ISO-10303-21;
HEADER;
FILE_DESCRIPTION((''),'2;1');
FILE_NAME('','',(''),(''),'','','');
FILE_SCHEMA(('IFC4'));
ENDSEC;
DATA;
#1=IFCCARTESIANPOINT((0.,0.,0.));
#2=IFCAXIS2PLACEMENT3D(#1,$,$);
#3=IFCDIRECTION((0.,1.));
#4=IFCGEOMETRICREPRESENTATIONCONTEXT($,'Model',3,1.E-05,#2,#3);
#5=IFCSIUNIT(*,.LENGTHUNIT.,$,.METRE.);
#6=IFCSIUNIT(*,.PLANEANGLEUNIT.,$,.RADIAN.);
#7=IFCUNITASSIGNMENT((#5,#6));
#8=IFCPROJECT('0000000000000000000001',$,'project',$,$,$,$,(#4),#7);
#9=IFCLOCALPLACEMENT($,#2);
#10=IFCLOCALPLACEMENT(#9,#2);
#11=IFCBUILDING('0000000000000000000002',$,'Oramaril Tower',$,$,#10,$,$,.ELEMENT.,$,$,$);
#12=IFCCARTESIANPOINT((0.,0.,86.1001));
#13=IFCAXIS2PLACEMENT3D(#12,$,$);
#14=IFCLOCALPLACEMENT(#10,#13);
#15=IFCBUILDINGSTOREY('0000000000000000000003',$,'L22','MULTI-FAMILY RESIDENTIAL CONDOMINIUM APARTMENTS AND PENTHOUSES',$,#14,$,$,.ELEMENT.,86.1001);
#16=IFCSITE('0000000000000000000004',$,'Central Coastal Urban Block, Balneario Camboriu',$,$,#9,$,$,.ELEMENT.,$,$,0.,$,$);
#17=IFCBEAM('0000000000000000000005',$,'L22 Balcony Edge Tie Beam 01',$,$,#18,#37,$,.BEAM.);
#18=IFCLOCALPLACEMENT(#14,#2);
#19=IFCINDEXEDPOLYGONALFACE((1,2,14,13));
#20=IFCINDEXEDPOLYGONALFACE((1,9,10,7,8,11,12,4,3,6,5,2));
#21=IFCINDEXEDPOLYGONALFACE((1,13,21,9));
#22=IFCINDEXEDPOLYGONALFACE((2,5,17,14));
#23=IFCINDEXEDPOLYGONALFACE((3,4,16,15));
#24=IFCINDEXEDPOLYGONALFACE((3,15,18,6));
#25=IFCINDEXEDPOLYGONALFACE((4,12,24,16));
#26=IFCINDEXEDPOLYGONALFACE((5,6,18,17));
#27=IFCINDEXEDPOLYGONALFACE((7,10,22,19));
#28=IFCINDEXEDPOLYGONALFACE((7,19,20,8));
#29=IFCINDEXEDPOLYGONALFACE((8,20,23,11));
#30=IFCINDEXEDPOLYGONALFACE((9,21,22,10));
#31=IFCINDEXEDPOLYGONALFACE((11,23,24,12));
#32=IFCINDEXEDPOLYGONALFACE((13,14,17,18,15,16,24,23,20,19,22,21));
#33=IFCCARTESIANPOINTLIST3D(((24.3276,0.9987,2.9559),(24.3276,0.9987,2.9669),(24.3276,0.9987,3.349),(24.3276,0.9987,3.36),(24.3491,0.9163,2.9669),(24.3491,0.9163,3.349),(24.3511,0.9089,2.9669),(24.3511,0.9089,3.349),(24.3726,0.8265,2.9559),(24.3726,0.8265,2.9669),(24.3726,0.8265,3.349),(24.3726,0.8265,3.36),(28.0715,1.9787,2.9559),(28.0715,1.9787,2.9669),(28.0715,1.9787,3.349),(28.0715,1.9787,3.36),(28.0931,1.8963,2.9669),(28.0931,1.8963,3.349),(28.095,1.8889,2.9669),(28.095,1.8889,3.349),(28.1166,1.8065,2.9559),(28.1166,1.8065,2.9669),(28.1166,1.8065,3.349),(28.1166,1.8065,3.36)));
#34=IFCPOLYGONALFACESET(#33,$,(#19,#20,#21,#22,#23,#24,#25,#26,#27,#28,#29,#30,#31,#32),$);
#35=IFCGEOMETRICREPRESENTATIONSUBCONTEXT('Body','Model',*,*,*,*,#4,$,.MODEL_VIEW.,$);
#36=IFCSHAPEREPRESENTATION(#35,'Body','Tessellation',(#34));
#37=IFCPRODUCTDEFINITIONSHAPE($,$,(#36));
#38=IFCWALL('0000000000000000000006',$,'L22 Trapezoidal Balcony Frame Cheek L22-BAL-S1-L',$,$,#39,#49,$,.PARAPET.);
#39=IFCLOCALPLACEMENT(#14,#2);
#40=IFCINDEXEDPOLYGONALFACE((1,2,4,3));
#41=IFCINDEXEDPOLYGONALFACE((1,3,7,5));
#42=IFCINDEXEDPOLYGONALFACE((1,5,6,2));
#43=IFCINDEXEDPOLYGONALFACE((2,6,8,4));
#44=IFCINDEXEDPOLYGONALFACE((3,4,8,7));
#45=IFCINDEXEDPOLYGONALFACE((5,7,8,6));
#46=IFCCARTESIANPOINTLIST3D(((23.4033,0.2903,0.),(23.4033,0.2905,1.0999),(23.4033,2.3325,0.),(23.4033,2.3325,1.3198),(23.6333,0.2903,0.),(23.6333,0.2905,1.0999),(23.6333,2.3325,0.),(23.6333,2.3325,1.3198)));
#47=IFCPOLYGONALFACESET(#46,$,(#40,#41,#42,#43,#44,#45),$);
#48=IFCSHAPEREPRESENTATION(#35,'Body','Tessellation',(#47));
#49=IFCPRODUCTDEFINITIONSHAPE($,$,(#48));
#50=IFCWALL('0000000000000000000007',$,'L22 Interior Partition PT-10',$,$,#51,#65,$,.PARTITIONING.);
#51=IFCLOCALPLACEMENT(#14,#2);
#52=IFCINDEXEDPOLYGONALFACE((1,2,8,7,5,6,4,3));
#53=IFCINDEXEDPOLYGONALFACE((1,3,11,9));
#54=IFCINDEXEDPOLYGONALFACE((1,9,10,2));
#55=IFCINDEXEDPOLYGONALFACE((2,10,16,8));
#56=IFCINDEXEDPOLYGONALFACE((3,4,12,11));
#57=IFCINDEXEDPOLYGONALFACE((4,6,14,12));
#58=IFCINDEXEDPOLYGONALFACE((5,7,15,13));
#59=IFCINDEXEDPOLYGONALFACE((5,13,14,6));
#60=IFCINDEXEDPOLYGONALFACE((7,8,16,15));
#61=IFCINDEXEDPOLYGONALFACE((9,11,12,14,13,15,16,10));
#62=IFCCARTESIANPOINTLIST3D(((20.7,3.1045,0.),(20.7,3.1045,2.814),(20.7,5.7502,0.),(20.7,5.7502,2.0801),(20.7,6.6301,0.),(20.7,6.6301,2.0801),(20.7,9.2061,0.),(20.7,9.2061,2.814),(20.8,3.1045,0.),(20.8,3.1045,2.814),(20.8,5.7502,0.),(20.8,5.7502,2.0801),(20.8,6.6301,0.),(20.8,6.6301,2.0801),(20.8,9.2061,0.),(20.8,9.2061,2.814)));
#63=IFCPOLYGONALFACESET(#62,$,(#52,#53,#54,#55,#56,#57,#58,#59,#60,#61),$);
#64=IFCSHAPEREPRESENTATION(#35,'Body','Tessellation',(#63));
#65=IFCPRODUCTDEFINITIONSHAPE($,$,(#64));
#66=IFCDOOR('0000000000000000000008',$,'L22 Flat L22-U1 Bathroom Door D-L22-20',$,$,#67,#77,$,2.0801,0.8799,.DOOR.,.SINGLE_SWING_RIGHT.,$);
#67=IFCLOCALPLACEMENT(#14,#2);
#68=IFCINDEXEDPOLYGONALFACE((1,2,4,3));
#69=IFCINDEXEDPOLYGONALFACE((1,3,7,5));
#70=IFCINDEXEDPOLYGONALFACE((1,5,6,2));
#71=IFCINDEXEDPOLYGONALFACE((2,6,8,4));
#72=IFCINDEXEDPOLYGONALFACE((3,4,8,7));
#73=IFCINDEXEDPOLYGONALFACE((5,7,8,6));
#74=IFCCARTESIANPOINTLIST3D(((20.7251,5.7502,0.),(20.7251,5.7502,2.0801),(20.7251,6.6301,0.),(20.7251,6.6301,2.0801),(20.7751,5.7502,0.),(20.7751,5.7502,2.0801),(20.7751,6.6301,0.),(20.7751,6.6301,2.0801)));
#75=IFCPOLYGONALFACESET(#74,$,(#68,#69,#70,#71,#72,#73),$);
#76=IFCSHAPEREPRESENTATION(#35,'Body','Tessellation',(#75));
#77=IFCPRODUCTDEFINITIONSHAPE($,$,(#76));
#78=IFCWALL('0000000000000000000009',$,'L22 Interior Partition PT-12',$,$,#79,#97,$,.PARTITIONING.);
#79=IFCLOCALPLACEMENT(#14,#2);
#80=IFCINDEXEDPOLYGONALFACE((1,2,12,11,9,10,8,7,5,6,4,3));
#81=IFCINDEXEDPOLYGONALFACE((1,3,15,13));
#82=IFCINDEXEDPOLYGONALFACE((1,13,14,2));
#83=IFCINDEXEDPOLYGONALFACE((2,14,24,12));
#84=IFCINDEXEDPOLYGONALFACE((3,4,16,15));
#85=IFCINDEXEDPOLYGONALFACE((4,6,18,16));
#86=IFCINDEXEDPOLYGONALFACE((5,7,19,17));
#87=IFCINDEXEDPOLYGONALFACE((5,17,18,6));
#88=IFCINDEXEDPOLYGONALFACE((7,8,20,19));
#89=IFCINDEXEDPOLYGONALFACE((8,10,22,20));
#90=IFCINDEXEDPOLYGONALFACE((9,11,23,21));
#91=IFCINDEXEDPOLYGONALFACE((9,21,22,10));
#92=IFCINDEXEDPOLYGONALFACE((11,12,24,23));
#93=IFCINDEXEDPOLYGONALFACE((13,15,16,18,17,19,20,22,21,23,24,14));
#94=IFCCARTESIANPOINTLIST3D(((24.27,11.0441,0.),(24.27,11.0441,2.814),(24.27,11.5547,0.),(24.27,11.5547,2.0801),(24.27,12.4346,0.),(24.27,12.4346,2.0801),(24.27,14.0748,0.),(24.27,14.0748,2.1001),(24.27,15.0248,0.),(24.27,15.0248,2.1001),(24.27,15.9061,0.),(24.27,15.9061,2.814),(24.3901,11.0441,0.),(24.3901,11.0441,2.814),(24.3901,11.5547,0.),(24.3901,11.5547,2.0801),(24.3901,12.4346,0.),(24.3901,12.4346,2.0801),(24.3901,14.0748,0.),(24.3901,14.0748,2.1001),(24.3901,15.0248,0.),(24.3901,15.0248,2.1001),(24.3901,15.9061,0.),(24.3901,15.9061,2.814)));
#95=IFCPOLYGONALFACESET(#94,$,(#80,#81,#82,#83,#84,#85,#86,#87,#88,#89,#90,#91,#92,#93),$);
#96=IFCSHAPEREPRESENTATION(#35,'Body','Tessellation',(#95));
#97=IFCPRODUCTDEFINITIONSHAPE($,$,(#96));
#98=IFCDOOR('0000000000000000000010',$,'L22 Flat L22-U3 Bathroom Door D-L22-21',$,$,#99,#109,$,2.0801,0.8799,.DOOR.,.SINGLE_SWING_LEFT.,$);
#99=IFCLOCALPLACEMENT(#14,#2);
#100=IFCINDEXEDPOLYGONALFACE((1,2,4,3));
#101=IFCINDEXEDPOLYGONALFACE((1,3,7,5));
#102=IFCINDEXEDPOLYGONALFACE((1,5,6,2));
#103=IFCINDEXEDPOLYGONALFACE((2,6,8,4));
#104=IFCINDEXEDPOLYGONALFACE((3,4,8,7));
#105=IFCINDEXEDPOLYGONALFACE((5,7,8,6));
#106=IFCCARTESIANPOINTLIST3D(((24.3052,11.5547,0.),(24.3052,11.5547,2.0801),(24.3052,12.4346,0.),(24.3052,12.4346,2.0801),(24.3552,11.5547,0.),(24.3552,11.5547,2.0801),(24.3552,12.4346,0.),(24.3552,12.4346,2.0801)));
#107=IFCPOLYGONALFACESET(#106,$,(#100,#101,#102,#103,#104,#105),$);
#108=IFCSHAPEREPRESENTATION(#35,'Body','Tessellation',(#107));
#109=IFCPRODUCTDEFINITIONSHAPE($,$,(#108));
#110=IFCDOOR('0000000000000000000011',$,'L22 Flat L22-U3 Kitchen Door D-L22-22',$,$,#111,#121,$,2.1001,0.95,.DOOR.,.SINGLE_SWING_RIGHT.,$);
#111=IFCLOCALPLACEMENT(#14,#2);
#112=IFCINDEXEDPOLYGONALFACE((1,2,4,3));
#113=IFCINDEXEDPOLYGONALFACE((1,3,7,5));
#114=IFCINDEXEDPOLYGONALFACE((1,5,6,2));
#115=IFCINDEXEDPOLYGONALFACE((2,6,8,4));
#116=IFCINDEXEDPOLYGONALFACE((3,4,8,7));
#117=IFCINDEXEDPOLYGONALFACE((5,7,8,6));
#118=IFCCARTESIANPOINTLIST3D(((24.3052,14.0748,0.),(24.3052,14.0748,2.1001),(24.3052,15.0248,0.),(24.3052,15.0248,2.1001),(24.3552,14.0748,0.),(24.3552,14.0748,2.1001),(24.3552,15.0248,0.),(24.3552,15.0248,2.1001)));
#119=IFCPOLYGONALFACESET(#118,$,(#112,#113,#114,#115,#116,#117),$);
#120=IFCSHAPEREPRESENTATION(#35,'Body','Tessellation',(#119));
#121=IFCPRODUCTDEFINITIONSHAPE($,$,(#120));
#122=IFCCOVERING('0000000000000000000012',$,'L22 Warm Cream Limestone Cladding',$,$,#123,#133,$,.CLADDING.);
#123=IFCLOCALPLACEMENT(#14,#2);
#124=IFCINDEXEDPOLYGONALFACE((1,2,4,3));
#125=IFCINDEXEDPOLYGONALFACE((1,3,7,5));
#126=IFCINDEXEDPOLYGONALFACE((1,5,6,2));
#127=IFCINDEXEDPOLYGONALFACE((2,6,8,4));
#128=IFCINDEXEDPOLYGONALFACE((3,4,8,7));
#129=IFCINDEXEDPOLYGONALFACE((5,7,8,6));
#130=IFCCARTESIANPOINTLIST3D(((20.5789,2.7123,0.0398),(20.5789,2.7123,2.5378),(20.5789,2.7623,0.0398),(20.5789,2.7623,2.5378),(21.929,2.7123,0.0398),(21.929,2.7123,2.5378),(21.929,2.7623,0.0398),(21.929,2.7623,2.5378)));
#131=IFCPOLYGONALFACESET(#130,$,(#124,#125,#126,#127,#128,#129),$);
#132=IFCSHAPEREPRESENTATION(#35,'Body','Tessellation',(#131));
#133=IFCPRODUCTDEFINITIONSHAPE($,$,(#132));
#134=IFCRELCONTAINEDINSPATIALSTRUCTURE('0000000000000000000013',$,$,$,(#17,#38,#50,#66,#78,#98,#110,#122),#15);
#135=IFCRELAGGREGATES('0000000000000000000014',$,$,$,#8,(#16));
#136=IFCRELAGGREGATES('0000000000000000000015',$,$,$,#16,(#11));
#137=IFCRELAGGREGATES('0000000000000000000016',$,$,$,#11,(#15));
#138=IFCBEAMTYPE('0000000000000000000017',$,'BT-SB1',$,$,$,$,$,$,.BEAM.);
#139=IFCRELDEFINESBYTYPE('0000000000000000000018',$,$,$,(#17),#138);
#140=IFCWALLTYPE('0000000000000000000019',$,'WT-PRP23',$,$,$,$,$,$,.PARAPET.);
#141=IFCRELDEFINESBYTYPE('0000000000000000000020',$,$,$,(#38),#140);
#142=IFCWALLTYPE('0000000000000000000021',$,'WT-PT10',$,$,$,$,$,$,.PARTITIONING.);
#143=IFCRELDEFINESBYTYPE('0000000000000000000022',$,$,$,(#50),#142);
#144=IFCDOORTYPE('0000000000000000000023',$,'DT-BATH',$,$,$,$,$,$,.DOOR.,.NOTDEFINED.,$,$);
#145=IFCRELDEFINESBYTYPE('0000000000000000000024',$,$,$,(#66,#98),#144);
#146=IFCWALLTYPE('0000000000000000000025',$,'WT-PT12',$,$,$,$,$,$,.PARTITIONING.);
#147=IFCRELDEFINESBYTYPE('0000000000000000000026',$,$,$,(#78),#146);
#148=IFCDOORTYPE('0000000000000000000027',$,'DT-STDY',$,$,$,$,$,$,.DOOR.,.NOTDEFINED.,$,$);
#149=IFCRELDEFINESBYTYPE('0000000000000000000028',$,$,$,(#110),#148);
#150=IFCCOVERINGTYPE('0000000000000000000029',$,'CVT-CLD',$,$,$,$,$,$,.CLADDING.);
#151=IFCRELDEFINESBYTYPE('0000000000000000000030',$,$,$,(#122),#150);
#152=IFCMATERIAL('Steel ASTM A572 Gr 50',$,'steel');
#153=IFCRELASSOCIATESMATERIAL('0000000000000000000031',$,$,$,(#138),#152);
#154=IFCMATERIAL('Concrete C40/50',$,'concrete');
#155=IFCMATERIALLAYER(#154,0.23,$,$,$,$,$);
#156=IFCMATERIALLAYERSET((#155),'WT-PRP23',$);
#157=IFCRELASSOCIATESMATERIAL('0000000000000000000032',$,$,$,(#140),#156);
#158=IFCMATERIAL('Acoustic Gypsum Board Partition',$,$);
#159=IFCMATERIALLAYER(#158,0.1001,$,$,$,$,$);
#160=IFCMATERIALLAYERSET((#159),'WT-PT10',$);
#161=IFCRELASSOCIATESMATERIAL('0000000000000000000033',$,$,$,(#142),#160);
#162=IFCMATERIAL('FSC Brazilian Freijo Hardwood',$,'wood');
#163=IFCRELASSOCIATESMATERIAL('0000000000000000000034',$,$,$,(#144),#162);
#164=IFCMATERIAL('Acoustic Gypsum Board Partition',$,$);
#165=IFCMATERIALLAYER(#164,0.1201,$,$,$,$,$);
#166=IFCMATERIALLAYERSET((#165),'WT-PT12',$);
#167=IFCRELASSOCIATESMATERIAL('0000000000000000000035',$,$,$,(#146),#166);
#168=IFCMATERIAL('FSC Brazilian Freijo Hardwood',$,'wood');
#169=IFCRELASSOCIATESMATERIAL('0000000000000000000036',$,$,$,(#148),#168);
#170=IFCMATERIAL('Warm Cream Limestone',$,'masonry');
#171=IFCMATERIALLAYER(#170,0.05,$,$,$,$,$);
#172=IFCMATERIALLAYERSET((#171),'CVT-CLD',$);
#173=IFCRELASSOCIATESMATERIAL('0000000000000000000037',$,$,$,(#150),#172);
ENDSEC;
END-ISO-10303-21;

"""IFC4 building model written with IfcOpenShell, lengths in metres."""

from ifc_helpers import new_model, si_unit, direction, frame, frame_2d, origin, origin_2d, place, context, subcontext, project, spatial, polyline, rectangle, i_section, outline, extrude, material, layer, layer_set, material_profile, profile_set, type_object, element, fill, save


model = new_model("IFC4")

# Units and contexts
model_context = context("Model", 3, precision=1e-05, world=origin(), true_north=direction((0.0, 1.0)))
body_context = subcontext(model_context, "Body", "Model", "MODEL_VIEW")
ifc_project = project(units=[si_unit("LENGTHUNIT", "METRE"), si_unit("PLANEANGLEUNIT", "RADIAN")], contexts=[model_context])

# Site, building, storey
site_placement = place(None, origin())
site = spatial("IfcSite", under=ifc_project, at=site_placement, Name="Central Coastal Urban Block, Balneario Camboriu", CompositionType="ELEMENT", RefElevation=0.0)
building_placement = place(site_placement, origin())
building = spatial("IfcBuilding", under=site, at=building_placement, Name="Oramaril Tower", CompositionType="ELEMENT")
storey_placement = place(building_placement, frame((0.0, 0.0, 86.1001)))
storey = spatial("IfcBuildingStorey", under=building, at=storey_placement, Name="L22", Description="MULTI-FAMILY RESIDENTIAL CONDOMINIUM APARTMENTS AND PENTHOUSES", CompositionType="ELEMENT", Elevation=86.1001)

# Beam
ifc_material_1 = material(Name="Steel ASTM A572 Gr 50", Category="steel")
ifc_material_profile = material_profile(ifc_material_1, i_section(OverallWidth=0.178, OverallDepth=0.4041, WebThickness=0.0076, FlangeThickness=0.011, at=origin_2d()), Name="W16X36")
ifc_profile_set = profile_set([ifc_material_profile], Name="Steel ASTM A572 Gr 50")
beam_type = type_object("IfcBeamType", Name="BT-SB1", PredefinedType="BEAM", material=ifc_profile_set)
beam_placement = place(storey_placement, frame((24.3501, 0.9126, 3.158), z_axis=(0.967408, 0.253223, 0.0), x_axis=(-0.253223, 0.967408, 0.0)))
element("IfcBeam", 1, at=beam_placement, inside=storey, type_object=beam_type, Name="L22 Balcony Edge Tie Beam 01", PredefinedType="BEAM", context=body_context, shape_type="SweptSolid", body=[
    extrude(i_section(OverallWidth=0.178, OverallDepth=0.4041, WebThickness=0.0076, FlangeThickness=0.011, at=origin_2d()), origin(), (0.0, 0.0, 1.0), 3.8701),
])

# Wall
ifc_material_2 = material(Name="Concrete C40/50", Category="concrete")
ifc_layer_1 = layer(ifc_material_2, 0.23)
ifc_layer_set_1 = layer_set([ifc_layer_1], Name="WT-PRP23")
wall_type_1 = type_object("IfcWallType", Name="WT-PRP23", PredefinedType="PARAPET", material=ifc_layer_set_1)
wall_1_placement = place(storey_placement, frame((23.5183, 2.3325, 0.0), z_axis=(0.0, 0.0, 1.0), x_axis=(0.0, -1.0, 0.0)))
element("IfcWall", 2, at=wall_1_placement, inside=storey, type_object=wall_type_1, Name="L22 Trapezoidal Balcony Frame Cheek L22-BAL-S1-L", PredefinedType="PARAPET", context=body_context, shape_type="SweptSolid", body=[
    extrude(outline(polyline([(0.0, 0.0), (2.0422, 0.0), (2.042, 1.0999), (0.0, 1.3198), (0.0, 0.0)])), frame((0.0, 0.115, 0.0), z_axis=(0.0, -1.0, 0.0), x_axis=(1.0, 0.0, 0.0)), (0.0, 0.0, 1.0), 0.23),
])

# Wall, opening, door
ifc_material_3 = material(Name="Acoustic Gypsum Board Partition")
ifc_layer_2 = layer(ifc_material_3, 0.1001)
ifc_layer_set_2 = layer_set([ifc_layer_2], Name="WT-PT10")
wall_type_2 = type_object("IfcWallType", Name="WT-PT10", PredefinedType="PARTITIONING", material=ifc_layer_set_2)
wall_2_placement = place(storey_placement, frame((20.75, 3.1045, 0.0), z_axis=(0.0, 0.0, 1.0), x_axis=(0.0, 1.0, 0.0)))
wall_2 = element("IfcWall", 3, at=wall_2_placement, inside=storey, type_object=wall_type_2, Name="L22 Interior Partition PT-10", PredefinedType="PARTITIONING", context=body_context, shape_type="SweptSolid", body=[
    extrude(rectangle(XDim=6.1016, YDim=0.1001, at=frame_2d((3.0508, 0.0))), origin(), (0.0, 0.0, 1.0), 2.814),
])
opening_1_placement = place(wall_2_placement, frame((2.6458, 0.0, 0.0)))
opening_1 = element("IfcOpeningElement", 4, at=opening_1_placement, cuts=wall_2, PredefinedType="OPENING", context=body_context, shape_type="SweptSolid", body=[
    extrude(rectangle(XDim=0.8799, YDim=2.0801, at=frame_2d((0.4399, 1.04))), frame((0.0, 0.05, 0.0), z_axis=(0.0, -1.0, 0.0), x_axis=(1.0, 0.0, 0.0)), (0.0, 0.0, 1.0), 0.1001),
])
ifc_material_4 = material(Name="FSC Brazilian Freijo Hardwood", Category="wood")
door_type_1 = type_object("IfcDoorType", Name="DT-BATH", OperationType="NOTDEFINED", PredefinedType="DOOR", material=ifc_material_4)
door_1_placement = place(opening_1_placement, origin())
door_1 = element("IfcDoor", 5, at=door_1_placement, inside=storey, type_object=door_type_1, Name="L22 Flat L22-U1 Bathroom Door D-L22-20", OperationType="SINGLE_SWING_RIGHT", OverallHeight=2.0801, OverallWidth=0.8799, PredefinedType="DOOR", context=body_context, shape_type="SweptSolid", body=[
    extrude(rectangle(XDim=0.8799, YDim=2.0801, at=frame_2d((0.4399, 1.04))), frame((0.0, 0.0249, 0.0), z_axis=(0.0, -1.0, 0.0), x_axis=(1.0, 0.0, 0.0)), (0.0, 0.0, 1.0), 0.05),
])
fill(opening_1, door_1)

# Wall, openings, doors
ifc_material_5 = material(Name="Acoustic Gypsum Board Partition")
ifc_layer_3 = layer(ifc_material_5, 0.1201)
ifc_layer_set_3 = layer_set([ifc_layer_3], Name="WT-PT12")
wall_type_3 = type_object("IfcWallType", Name="WT-PT12", PredefinedType="PARTITIONING", material=ifc_layer_set_3)
wall_3_placement = place(storey_placement, frame((24.3301, 11.0439, 0.0), z_axis=(0.0, 0.0, 1.0), x_axis=(0.0, 1.0, 0.0)))
wall_3 = element("IfcWall", 6, at=wall_3_placement, inside=storey, type_object=wall_type_3, Name="L22 Interior Partition PT-12", PredefinedType="PARTITIONING", context=body_context, shape_type="SweptSolid", body=[
    extrude(rectangle(XDim=4.8621, YDim=0.1201, at=frame_2d((2.4312, 0.0))), origin(), (0.0, 0.0, 1.0), 2.814),
])
opening_2_placement = place(wall_3_placement, frame((0.5107, 0.0, 0.0)))
opening_2 = element("IfcOpeningElement", 7, at=opening_2_placement, cuts=wall_3, PredefinedType="OPENING", context=body_context, shape_type="SweptSolid", body=[
    extrude(rectangle(XDim=0.8799, YDim=2.0801, at=frame_2d((0.4399, 1.04))), frame((0.0, 0.0601, 0.0), z_axis=(0.0, -1.0, 0.0), x_axis=(1.0, 0.0, 0.0)), (0.0, 0.0, 1.0), 0.1201),
])
opening_3_placement = place(wall_3_placement, frame((3.0308, 0.0, 0.0)))
opening_3 = element("IfcOpeningElement", 8, at=opening_3_placement, cuts=wall_3, PredefinedType="OPENING", context=body_context, shape_type="SweptSolid", body=[
    extrude(rectangle(XDim=0.95, YDim=2.1001, at=frame_2d((0.4751, 1.05))), frame((0.0, 0.0601, 0.0), z_axis=(0.0, -1.0, 0.0), x_axis=(1.0, 0.0, 0.0)), (0.0, 0.0, 1.0), 0.1201),
])
door_2_placement = place(opening_2_placement, origin())
door_2 = element("IfcDoor", 9, at=door_2_placement, inside=storey, type_object=door_type_1, Name="L22 Flat L22-U3 Bathroom Door D-L22-21", OperationType="SINGLE_SWING_LEFT", OverallHeight=2.0801, OverallWidth=0.8799, PredefinedType="DOOR", context=body_context, shape_type="SweptSolid", body=[
    extrude(rectangle(XDim=0.8799, YDim=2.0801, at=frame_2d((0.4399, 1.04))), frame((0.0, 0.0249, 0.0), z_axis=(0.0, -1.0, 0.0), x_axis=(1.0, 0.0, 0.0)), (0.0, 0.0, 1.0), 0.05),
])
fill(opening_2, door_2)
ifc_material_6 = material(Name="FSC Brazilian Freijo Hardwood", Category="wood")
door_type_2 = type_object("IfcDoorType", Name="DT-STDY", OperationType="NOTDEFINED", PredefinedType="DOOR", material=ifc_material_6)
door_3_placement = place(opening_3_placement, origin())
door_3 = element("IfcDoor", 10, at=door_3_placement, inside=storey, type_object=door_type_2, Name="L22 Flat L22-U3 Kitchen Door D-L22-22", OperationType="SINGLE_SWING_RIGHT", OverallHeight=2.1001, OverallWidth=0.95, PredefinedType="DOOR", context=body_context, shape_type="SweptSolid", body=[
    extrude(rectangle(XDim=0.95, YDim=2.1001, at=frame_2d((0.4751, 1.05))), frame((0.0, 0.0249, 0.0), z_axis=(0.0, -1.0, 0.0), x_axis=(1.0, 0.0, 0.0)), (0.0, 0.0, 1.0), 0.05),
])
fill(opening_3, door_3)

# Covering
ifc_material_7 = material(Name="Warm Cream Limestone", Category="masonry")
ifc_layer_4 = layer(ifc_material_7, 0.05)
ifc_layer_set_4 = layer_set([ifc_layer_4], Name="CVT-CLD")
covering_type = type_object("IfcCoveringType", Name="CVT-CLD", PredefinedType="CLADDING", material=ifc_layer_set_4)
covering_placement = place(storey_placement, frame((21.2539, 2.7373, 0.0398), z_axis=(0.0, 0.0, 1.0), x_axis=(1.0, 0.0, 0.0)))
element("IfcCovering", 11, at=covering_placement, inside=storey, type_object=covering_type, Name="L22 Warm Cream Limestone Cladding", PredefinedType="CLADDING", context=body_context, shape_type="SweptSolid", body=[
    extrude(rectangle(XDim=1.3501, YDim=0.05, at=origin_2d()), origin(), (0.0, 0.0, 1.0), 2.498),
])

save(model, "model.ifc")
